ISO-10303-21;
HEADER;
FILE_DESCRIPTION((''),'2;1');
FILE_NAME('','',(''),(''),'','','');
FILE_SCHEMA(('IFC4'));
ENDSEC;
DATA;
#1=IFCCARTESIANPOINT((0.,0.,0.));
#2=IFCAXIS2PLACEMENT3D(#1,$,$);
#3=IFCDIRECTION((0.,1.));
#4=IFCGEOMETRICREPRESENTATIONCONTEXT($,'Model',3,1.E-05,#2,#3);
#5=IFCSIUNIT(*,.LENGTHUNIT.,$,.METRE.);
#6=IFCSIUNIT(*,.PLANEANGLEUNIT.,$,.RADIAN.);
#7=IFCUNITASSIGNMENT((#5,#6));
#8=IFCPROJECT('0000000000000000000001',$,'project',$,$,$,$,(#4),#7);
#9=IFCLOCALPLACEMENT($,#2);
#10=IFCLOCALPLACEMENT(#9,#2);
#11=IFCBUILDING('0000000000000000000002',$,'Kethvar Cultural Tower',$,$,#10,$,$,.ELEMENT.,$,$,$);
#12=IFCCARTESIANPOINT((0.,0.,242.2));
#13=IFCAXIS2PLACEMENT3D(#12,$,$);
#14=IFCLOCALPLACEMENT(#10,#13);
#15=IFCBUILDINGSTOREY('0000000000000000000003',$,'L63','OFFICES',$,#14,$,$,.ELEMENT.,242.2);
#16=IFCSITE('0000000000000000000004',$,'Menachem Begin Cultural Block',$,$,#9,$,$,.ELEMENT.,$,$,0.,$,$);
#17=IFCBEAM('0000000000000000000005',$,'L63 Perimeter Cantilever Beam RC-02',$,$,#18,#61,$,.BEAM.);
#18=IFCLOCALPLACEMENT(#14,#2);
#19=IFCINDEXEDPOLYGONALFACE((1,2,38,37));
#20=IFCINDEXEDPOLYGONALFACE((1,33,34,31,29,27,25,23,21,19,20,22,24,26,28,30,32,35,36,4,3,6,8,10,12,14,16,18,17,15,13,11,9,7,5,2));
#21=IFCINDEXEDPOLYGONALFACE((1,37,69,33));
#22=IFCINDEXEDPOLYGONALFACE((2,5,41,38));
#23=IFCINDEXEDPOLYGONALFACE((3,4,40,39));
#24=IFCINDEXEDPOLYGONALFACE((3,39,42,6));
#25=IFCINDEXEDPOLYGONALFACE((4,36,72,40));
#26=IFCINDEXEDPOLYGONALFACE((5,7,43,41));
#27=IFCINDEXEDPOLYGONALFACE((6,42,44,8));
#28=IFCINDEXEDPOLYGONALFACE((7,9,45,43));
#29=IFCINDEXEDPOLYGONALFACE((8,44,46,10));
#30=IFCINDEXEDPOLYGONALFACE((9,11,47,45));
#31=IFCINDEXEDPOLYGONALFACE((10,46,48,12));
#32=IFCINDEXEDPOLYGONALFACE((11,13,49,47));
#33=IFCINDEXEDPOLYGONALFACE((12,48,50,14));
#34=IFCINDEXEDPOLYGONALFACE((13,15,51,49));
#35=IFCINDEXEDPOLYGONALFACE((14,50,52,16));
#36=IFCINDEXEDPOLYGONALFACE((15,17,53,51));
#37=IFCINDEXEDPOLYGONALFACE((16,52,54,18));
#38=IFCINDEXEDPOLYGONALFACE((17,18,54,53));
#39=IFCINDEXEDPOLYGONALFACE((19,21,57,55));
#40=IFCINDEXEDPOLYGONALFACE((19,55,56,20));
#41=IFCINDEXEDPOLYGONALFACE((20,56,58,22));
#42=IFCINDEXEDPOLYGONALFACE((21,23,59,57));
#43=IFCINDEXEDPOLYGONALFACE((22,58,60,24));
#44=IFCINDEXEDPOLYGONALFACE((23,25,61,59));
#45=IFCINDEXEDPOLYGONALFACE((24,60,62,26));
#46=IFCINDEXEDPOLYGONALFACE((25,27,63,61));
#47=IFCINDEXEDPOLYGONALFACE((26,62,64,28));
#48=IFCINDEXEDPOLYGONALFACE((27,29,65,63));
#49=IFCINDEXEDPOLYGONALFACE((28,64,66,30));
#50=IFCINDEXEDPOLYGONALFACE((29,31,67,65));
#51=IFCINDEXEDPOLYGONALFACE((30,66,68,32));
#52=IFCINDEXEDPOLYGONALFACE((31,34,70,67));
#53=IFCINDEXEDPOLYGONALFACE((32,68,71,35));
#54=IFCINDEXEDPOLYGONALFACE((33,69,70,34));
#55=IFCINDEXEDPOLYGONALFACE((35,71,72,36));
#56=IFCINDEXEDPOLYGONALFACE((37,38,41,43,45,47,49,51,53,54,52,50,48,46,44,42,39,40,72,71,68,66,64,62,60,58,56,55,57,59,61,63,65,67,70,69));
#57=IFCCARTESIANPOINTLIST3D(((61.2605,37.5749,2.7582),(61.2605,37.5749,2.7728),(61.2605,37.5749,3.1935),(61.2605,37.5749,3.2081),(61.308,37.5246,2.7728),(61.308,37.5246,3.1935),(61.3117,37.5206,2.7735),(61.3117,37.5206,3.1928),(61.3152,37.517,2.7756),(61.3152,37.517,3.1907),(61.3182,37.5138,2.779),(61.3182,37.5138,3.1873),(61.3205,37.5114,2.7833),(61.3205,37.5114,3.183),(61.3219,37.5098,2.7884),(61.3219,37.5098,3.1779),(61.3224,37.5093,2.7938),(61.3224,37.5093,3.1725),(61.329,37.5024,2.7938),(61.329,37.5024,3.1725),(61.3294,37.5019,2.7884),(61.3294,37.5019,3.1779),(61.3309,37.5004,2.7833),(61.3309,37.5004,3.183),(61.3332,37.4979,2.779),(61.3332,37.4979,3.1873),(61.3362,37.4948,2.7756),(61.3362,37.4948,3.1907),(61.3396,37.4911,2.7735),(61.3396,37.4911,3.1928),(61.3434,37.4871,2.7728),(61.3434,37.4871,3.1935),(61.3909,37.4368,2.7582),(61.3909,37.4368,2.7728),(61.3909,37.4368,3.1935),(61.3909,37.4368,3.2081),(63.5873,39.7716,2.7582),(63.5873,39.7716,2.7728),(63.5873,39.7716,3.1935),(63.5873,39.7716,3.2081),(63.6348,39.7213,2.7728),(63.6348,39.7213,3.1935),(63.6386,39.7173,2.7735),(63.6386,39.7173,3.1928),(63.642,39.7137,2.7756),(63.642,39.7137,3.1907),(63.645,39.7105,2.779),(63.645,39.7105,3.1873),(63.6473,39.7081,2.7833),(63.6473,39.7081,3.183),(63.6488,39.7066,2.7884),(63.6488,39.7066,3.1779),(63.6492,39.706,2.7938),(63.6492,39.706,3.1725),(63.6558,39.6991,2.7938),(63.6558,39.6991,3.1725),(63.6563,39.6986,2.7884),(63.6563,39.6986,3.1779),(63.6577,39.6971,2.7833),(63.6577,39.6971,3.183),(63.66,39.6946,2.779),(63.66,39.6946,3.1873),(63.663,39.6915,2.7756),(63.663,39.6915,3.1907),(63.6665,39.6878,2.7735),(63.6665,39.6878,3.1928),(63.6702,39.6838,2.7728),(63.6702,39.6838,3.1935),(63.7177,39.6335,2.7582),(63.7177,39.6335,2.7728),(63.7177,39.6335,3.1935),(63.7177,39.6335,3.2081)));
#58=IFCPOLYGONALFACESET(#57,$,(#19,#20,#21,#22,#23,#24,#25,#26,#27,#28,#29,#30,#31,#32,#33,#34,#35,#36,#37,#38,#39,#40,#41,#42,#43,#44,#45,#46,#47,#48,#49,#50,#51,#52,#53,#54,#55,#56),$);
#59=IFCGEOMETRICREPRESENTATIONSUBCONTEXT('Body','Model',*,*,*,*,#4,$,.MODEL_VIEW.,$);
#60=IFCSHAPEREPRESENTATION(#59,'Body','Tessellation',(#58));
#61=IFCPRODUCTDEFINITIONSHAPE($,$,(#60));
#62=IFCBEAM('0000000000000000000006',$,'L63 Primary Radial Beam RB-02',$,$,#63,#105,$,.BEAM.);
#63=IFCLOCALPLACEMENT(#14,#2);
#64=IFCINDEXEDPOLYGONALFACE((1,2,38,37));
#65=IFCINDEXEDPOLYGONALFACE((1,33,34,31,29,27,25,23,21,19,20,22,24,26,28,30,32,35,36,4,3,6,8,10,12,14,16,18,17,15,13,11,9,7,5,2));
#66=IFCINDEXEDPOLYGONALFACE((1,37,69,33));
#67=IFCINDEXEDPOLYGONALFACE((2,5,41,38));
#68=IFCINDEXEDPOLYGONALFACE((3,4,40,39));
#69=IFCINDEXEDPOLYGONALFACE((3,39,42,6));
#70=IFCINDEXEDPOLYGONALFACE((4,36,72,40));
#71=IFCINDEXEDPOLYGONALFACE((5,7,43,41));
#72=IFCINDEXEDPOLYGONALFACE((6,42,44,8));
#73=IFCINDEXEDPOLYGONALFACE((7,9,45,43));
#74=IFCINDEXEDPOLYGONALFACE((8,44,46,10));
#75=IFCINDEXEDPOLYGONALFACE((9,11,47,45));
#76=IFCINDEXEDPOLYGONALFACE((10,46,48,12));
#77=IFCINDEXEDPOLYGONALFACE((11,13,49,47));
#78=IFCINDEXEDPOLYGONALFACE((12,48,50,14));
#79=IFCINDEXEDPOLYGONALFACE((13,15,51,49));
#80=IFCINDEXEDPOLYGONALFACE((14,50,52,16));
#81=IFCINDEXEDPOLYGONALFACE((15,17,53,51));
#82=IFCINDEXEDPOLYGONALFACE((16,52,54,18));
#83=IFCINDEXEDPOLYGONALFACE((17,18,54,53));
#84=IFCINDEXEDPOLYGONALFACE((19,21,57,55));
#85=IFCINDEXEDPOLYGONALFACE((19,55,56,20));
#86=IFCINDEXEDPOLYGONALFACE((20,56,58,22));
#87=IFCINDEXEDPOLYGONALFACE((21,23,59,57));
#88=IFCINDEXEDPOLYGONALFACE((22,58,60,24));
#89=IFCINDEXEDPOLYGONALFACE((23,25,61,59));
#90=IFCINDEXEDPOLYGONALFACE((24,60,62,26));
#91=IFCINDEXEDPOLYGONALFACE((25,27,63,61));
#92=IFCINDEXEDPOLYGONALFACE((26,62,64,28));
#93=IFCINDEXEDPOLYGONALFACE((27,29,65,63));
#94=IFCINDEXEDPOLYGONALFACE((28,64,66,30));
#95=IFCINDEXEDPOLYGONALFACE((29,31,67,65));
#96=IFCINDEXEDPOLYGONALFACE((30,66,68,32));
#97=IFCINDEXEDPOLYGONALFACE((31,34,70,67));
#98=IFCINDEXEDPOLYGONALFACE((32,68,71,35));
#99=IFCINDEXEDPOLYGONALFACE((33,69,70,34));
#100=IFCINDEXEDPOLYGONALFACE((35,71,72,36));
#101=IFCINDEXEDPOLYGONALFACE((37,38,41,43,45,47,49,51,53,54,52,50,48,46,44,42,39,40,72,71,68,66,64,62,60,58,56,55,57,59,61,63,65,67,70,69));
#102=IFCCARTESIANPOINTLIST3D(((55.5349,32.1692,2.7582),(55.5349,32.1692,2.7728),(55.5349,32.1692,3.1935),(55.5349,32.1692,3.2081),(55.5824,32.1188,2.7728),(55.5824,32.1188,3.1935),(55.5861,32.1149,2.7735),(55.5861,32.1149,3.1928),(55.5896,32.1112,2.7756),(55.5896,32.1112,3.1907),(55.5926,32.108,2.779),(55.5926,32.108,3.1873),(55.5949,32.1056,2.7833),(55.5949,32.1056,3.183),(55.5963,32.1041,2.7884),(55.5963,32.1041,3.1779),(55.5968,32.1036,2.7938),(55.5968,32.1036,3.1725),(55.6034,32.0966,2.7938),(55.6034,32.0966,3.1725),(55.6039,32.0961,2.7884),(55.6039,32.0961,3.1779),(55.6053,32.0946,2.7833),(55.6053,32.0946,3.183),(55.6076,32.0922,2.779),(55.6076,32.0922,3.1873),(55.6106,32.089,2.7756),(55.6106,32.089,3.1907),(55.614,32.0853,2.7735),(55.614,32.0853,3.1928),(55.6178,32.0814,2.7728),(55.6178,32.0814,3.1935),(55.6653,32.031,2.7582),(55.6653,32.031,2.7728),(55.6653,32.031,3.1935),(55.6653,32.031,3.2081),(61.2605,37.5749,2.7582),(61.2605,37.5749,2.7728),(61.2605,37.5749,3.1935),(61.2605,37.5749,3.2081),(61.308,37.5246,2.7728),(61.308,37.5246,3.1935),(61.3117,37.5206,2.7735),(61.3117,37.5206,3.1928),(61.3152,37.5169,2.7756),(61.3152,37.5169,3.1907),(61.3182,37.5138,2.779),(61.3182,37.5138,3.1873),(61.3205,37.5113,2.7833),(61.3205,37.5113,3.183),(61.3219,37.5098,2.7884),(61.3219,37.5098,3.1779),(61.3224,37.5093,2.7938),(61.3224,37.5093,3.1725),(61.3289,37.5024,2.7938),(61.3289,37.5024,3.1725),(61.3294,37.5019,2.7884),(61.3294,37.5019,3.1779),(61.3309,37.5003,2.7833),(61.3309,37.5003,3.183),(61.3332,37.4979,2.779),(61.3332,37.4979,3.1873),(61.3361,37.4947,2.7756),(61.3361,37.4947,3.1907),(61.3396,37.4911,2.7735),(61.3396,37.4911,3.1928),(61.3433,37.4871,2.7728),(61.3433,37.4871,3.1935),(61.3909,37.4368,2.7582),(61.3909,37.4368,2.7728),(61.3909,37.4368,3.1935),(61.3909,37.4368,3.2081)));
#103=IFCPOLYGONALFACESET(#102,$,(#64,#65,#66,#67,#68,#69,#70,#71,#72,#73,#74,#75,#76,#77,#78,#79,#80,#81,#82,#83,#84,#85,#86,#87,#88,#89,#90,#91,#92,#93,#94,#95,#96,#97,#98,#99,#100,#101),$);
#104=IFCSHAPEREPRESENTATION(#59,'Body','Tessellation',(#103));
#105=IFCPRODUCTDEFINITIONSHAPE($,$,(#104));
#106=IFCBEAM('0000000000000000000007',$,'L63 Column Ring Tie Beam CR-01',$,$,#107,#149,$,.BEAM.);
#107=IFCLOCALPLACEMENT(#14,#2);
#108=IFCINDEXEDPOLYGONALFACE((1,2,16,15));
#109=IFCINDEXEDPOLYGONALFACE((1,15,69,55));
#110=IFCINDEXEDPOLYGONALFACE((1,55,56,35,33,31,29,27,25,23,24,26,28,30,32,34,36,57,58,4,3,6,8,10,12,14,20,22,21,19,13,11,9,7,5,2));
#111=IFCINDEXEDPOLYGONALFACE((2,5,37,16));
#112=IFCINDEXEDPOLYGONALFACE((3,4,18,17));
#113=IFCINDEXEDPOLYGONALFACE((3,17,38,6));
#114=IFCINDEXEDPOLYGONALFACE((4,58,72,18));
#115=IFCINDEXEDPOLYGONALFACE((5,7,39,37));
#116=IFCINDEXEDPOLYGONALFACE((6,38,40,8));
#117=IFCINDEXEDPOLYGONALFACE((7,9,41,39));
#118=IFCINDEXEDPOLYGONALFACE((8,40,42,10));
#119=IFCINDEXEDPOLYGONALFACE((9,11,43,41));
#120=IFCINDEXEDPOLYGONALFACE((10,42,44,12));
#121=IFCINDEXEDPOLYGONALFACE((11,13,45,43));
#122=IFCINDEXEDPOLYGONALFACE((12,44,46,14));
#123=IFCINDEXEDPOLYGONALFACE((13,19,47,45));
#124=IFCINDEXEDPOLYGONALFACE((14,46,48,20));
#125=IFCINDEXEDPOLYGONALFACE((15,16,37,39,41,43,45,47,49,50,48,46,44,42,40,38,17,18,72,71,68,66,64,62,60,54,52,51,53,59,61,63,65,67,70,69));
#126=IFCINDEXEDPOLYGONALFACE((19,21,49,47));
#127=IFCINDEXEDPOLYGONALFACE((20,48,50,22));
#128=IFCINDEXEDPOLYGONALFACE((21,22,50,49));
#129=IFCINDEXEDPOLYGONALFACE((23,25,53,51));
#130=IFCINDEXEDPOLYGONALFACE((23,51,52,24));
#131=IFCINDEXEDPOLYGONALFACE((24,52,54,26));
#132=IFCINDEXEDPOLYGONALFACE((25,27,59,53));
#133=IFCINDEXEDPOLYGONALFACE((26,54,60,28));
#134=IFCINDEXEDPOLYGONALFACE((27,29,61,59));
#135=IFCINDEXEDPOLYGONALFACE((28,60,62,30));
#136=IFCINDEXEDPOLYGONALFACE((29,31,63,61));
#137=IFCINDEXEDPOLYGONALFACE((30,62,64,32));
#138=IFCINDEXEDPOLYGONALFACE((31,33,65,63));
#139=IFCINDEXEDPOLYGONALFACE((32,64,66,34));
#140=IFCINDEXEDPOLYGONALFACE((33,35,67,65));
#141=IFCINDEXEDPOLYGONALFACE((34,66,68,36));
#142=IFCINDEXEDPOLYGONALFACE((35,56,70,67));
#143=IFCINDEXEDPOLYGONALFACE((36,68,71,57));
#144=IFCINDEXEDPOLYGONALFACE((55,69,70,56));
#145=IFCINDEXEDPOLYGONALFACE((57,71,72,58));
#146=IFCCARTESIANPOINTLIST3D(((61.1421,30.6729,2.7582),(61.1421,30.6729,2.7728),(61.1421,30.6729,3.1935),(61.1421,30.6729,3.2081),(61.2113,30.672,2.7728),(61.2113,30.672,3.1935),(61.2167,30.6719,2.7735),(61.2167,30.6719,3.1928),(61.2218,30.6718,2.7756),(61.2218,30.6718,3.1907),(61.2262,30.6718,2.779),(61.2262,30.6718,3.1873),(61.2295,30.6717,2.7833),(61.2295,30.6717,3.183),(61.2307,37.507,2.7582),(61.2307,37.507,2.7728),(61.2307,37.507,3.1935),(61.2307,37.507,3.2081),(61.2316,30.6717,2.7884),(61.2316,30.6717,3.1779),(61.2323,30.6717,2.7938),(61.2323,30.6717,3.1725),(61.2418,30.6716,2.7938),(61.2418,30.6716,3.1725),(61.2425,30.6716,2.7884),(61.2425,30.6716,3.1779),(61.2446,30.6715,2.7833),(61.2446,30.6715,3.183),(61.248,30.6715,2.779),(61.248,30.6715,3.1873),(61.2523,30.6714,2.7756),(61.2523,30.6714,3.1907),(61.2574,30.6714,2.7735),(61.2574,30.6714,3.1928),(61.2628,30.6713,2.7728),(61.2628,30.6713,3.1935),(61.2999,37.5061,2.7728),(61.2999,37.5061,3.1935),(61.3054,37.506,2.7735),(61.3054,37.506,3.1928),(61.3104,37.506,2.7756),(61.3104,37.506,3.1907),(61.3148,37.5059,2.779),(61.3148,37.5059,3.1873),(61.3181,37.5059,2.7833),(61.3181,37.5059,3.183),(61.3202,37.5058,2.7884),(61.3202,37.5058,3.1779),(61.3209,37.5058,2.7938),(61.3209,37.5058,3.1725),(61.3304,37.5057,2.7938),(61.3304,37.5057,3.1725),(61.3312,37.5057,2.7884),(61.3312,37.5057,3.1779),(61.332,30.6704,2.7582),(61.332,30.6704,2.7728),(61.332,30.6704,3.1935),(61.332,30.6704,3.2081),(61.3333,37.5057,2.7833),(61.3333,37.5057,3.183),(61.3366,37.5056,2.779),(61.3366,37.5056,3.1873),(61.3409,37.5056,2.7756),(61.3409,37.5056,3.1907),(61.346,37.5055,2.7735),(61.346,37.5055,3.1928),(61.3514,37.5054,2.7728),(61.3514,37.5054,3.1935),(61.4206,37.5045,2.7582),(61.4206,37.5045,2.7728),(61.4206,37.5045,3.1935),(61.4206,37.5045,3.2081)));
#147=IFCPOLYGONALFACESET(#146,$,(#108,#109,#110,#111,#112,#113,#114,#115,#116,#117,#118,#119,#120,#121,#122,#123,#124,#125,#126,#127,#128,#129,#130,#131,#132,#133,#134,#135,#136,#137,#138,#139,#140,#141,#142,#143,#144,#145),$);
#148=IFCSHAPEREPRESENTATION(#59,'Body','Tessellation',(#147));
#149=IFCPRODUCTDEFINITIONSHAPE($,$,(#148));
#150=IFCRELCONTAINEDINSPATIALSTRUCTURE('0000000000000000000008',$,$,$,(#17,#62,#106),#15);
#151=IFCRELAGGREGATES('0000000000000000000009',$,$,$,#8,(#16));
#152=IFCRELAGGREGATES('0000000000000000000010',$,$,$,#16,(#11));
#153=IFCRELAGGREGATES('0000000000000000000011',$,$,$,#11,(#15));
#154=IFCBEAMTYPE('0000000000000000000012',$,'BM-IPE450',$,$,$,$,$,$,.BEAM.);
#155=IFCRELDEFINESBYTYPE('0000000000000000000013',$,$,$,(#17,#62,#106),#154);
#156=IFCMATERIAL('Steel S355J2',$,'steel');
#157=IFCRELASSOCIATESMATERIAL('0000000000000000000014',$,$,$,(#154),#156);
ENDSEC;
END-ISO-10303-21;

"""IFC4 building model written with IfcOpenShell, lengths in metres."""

from ifc_helpers import new_model, si_unit, direction, frame, origin, origin_2d, place, context, subcontext, project, spatial, i_section, extrude, source, transform, mapped, material, material_profile, profile_set, type_object, element, save


model = new_model("IFC4")

# Units and contexts
model_context = context("Model", 3, precision=1e-05, world=origin(), true_north=direction((0.0, 1.0)))
body_context = subcontext(model_context, "Body", "Model", "MODEL_VIEW")
ifc_project = project(units=[si_unit("LENGTHUNIT", "METRE"), si_unit("PLANEANGLEUNIT", "RADIAN")], contexts=[model_context])

# Site, building, storey
site_placement = place(None, origin())
site = spatial("IfcSite", under=ifc_project, at=site_placement, Name="Menachem Begin Cultural Block", CompositionType="ELEMENT", RefElevation=0.0)
building_placement = place(site_placement, origin())
building = spatial("IfcBuilding", under=site, at=building_placement, Name="Kethvar Cultural Tower", CompositionType="ELEMENT")
storey_placement = place(building_placement, frame((0.0, 0.0, 242.2)))
storey = spatial("IfcBuildingStorey", under=building, at=storey_placement, Name="L63", Description="OFFICES", CompositionType="ELEMENT", Elevation=242.2)

# Beams
ifc_material_1 = material(Name="Steel S355J2", Category="steel")
ifc_material_profile_1 = material_profile(ifc_material_1, i_section(OverallWidth=0.1899, OverallDepth=0.45, WebThickness=0.0095, FlangeThickness=0.0146, FilletRadius=0.021, at=origin_2d()), Name="Steel S355J2 — IPE450")
ifc_profile_set_1 = profile_set([ifc_material_profile_1], Name="Steel S355J2 — IPE450")
beam_type_1 = type_object("IfcBeamType", Name="BM-IPE450", PredefinedType="BEAM", material=ifc_profile_set_1)
shared_shape_1 = source(origin(), body_context, "Body", "SweptSolid", [
    extrude(i_section(OverallWidth=0.1899, OverallDepth=0.45, WebThickness=0.0095, FlangeThickness=0.0146, FilletRadius=0.021, at=origin_2d()), origin(), (0.0, 0.0, 1.0), 3.2),
])
for number, where, z_axis, x_axis, name in (
    (1, (61.3257, 37.5059, 2.9832), (0.727146, 0.686482, 0.0), (-0.686482, 0.727146, 0.0), "L63 Perimeter Cantilever Beam RC-02"),
):
    element("IfcBeam", number, at=place(storey_placement, frame(where, z_axis=z_axis, x_axis=x_axis)), inside=storey, type_object=beam_type_1, Name=name, PredefinedType="BEAM", context=body_context, shape_type="MappedRepresentation", body=[
        mapped(shared_shape_1, transform((0.0, 0.0, 0.0), scale=1.0)),
    ])
shared_shape_2 = source(origin(), body_context, "Body", "SweptSolid", [
    extrude(i_section(OverallWidth=0.1899, OverallDepth=0.45, WebThickness=0.0095, FlangeThickness=0.0146, FilletRadius=0.021, at=origin_2d()), origin(), (0.0, 0.0, 1.0), 7.8743),
])
beam_1_placement = place(storey_placement, frame((55.6001, 32.1001, 2.9832), z_axis=(0.727123, 0.686507, 0.0), x_axis=(-0.686507, 0.727123, 0.0)))
element("IfcBeam", 2, at=beam_1_placement, inside=storey, type_object=beam_type_1, Name="L63 Primary Radial Beam RB-02", PredefinedType="BEAM", context=body_context, shape_type="MappedRepresentation", body=[
    mapped(shared_shape_2, transform((0.0, 0.0, 0.0), scale=1.0)),
])
shared_shape_3 = source(origin(), body_context, "Body", "SweptSolid", [
    extrude(i_section(OverallWidth=0.1899, OverallDepth=0.45, WebThickness=0.0095, FlangeThickness=0.0146, FilletRadius=0.021, at=origin_2d()), origin(), (0.0, 0.0, 1.0), 6.8347),
])
beam_2_placement = place(storey_placement, frame((61.2371, 30.6716, 2.9832), z_axis=(0.012966, 0.999916, 0.0), x_axis=(-0.999916, 0.012966, 0.0)))
element("IfcBeam", 3, at=beam_2_placement, inside=storey, type_object=beam_type_1, Name="L63 Column Ring Tie Beam CR-01", PredefinedType="BEAM", context=body_context, shape_type="MappedRepresentation", body=[
    mapped(shared_shape_3, transform((0.0, 0.0, 0.0), scale=1.0)),
])

save(model, "model.ifc")
